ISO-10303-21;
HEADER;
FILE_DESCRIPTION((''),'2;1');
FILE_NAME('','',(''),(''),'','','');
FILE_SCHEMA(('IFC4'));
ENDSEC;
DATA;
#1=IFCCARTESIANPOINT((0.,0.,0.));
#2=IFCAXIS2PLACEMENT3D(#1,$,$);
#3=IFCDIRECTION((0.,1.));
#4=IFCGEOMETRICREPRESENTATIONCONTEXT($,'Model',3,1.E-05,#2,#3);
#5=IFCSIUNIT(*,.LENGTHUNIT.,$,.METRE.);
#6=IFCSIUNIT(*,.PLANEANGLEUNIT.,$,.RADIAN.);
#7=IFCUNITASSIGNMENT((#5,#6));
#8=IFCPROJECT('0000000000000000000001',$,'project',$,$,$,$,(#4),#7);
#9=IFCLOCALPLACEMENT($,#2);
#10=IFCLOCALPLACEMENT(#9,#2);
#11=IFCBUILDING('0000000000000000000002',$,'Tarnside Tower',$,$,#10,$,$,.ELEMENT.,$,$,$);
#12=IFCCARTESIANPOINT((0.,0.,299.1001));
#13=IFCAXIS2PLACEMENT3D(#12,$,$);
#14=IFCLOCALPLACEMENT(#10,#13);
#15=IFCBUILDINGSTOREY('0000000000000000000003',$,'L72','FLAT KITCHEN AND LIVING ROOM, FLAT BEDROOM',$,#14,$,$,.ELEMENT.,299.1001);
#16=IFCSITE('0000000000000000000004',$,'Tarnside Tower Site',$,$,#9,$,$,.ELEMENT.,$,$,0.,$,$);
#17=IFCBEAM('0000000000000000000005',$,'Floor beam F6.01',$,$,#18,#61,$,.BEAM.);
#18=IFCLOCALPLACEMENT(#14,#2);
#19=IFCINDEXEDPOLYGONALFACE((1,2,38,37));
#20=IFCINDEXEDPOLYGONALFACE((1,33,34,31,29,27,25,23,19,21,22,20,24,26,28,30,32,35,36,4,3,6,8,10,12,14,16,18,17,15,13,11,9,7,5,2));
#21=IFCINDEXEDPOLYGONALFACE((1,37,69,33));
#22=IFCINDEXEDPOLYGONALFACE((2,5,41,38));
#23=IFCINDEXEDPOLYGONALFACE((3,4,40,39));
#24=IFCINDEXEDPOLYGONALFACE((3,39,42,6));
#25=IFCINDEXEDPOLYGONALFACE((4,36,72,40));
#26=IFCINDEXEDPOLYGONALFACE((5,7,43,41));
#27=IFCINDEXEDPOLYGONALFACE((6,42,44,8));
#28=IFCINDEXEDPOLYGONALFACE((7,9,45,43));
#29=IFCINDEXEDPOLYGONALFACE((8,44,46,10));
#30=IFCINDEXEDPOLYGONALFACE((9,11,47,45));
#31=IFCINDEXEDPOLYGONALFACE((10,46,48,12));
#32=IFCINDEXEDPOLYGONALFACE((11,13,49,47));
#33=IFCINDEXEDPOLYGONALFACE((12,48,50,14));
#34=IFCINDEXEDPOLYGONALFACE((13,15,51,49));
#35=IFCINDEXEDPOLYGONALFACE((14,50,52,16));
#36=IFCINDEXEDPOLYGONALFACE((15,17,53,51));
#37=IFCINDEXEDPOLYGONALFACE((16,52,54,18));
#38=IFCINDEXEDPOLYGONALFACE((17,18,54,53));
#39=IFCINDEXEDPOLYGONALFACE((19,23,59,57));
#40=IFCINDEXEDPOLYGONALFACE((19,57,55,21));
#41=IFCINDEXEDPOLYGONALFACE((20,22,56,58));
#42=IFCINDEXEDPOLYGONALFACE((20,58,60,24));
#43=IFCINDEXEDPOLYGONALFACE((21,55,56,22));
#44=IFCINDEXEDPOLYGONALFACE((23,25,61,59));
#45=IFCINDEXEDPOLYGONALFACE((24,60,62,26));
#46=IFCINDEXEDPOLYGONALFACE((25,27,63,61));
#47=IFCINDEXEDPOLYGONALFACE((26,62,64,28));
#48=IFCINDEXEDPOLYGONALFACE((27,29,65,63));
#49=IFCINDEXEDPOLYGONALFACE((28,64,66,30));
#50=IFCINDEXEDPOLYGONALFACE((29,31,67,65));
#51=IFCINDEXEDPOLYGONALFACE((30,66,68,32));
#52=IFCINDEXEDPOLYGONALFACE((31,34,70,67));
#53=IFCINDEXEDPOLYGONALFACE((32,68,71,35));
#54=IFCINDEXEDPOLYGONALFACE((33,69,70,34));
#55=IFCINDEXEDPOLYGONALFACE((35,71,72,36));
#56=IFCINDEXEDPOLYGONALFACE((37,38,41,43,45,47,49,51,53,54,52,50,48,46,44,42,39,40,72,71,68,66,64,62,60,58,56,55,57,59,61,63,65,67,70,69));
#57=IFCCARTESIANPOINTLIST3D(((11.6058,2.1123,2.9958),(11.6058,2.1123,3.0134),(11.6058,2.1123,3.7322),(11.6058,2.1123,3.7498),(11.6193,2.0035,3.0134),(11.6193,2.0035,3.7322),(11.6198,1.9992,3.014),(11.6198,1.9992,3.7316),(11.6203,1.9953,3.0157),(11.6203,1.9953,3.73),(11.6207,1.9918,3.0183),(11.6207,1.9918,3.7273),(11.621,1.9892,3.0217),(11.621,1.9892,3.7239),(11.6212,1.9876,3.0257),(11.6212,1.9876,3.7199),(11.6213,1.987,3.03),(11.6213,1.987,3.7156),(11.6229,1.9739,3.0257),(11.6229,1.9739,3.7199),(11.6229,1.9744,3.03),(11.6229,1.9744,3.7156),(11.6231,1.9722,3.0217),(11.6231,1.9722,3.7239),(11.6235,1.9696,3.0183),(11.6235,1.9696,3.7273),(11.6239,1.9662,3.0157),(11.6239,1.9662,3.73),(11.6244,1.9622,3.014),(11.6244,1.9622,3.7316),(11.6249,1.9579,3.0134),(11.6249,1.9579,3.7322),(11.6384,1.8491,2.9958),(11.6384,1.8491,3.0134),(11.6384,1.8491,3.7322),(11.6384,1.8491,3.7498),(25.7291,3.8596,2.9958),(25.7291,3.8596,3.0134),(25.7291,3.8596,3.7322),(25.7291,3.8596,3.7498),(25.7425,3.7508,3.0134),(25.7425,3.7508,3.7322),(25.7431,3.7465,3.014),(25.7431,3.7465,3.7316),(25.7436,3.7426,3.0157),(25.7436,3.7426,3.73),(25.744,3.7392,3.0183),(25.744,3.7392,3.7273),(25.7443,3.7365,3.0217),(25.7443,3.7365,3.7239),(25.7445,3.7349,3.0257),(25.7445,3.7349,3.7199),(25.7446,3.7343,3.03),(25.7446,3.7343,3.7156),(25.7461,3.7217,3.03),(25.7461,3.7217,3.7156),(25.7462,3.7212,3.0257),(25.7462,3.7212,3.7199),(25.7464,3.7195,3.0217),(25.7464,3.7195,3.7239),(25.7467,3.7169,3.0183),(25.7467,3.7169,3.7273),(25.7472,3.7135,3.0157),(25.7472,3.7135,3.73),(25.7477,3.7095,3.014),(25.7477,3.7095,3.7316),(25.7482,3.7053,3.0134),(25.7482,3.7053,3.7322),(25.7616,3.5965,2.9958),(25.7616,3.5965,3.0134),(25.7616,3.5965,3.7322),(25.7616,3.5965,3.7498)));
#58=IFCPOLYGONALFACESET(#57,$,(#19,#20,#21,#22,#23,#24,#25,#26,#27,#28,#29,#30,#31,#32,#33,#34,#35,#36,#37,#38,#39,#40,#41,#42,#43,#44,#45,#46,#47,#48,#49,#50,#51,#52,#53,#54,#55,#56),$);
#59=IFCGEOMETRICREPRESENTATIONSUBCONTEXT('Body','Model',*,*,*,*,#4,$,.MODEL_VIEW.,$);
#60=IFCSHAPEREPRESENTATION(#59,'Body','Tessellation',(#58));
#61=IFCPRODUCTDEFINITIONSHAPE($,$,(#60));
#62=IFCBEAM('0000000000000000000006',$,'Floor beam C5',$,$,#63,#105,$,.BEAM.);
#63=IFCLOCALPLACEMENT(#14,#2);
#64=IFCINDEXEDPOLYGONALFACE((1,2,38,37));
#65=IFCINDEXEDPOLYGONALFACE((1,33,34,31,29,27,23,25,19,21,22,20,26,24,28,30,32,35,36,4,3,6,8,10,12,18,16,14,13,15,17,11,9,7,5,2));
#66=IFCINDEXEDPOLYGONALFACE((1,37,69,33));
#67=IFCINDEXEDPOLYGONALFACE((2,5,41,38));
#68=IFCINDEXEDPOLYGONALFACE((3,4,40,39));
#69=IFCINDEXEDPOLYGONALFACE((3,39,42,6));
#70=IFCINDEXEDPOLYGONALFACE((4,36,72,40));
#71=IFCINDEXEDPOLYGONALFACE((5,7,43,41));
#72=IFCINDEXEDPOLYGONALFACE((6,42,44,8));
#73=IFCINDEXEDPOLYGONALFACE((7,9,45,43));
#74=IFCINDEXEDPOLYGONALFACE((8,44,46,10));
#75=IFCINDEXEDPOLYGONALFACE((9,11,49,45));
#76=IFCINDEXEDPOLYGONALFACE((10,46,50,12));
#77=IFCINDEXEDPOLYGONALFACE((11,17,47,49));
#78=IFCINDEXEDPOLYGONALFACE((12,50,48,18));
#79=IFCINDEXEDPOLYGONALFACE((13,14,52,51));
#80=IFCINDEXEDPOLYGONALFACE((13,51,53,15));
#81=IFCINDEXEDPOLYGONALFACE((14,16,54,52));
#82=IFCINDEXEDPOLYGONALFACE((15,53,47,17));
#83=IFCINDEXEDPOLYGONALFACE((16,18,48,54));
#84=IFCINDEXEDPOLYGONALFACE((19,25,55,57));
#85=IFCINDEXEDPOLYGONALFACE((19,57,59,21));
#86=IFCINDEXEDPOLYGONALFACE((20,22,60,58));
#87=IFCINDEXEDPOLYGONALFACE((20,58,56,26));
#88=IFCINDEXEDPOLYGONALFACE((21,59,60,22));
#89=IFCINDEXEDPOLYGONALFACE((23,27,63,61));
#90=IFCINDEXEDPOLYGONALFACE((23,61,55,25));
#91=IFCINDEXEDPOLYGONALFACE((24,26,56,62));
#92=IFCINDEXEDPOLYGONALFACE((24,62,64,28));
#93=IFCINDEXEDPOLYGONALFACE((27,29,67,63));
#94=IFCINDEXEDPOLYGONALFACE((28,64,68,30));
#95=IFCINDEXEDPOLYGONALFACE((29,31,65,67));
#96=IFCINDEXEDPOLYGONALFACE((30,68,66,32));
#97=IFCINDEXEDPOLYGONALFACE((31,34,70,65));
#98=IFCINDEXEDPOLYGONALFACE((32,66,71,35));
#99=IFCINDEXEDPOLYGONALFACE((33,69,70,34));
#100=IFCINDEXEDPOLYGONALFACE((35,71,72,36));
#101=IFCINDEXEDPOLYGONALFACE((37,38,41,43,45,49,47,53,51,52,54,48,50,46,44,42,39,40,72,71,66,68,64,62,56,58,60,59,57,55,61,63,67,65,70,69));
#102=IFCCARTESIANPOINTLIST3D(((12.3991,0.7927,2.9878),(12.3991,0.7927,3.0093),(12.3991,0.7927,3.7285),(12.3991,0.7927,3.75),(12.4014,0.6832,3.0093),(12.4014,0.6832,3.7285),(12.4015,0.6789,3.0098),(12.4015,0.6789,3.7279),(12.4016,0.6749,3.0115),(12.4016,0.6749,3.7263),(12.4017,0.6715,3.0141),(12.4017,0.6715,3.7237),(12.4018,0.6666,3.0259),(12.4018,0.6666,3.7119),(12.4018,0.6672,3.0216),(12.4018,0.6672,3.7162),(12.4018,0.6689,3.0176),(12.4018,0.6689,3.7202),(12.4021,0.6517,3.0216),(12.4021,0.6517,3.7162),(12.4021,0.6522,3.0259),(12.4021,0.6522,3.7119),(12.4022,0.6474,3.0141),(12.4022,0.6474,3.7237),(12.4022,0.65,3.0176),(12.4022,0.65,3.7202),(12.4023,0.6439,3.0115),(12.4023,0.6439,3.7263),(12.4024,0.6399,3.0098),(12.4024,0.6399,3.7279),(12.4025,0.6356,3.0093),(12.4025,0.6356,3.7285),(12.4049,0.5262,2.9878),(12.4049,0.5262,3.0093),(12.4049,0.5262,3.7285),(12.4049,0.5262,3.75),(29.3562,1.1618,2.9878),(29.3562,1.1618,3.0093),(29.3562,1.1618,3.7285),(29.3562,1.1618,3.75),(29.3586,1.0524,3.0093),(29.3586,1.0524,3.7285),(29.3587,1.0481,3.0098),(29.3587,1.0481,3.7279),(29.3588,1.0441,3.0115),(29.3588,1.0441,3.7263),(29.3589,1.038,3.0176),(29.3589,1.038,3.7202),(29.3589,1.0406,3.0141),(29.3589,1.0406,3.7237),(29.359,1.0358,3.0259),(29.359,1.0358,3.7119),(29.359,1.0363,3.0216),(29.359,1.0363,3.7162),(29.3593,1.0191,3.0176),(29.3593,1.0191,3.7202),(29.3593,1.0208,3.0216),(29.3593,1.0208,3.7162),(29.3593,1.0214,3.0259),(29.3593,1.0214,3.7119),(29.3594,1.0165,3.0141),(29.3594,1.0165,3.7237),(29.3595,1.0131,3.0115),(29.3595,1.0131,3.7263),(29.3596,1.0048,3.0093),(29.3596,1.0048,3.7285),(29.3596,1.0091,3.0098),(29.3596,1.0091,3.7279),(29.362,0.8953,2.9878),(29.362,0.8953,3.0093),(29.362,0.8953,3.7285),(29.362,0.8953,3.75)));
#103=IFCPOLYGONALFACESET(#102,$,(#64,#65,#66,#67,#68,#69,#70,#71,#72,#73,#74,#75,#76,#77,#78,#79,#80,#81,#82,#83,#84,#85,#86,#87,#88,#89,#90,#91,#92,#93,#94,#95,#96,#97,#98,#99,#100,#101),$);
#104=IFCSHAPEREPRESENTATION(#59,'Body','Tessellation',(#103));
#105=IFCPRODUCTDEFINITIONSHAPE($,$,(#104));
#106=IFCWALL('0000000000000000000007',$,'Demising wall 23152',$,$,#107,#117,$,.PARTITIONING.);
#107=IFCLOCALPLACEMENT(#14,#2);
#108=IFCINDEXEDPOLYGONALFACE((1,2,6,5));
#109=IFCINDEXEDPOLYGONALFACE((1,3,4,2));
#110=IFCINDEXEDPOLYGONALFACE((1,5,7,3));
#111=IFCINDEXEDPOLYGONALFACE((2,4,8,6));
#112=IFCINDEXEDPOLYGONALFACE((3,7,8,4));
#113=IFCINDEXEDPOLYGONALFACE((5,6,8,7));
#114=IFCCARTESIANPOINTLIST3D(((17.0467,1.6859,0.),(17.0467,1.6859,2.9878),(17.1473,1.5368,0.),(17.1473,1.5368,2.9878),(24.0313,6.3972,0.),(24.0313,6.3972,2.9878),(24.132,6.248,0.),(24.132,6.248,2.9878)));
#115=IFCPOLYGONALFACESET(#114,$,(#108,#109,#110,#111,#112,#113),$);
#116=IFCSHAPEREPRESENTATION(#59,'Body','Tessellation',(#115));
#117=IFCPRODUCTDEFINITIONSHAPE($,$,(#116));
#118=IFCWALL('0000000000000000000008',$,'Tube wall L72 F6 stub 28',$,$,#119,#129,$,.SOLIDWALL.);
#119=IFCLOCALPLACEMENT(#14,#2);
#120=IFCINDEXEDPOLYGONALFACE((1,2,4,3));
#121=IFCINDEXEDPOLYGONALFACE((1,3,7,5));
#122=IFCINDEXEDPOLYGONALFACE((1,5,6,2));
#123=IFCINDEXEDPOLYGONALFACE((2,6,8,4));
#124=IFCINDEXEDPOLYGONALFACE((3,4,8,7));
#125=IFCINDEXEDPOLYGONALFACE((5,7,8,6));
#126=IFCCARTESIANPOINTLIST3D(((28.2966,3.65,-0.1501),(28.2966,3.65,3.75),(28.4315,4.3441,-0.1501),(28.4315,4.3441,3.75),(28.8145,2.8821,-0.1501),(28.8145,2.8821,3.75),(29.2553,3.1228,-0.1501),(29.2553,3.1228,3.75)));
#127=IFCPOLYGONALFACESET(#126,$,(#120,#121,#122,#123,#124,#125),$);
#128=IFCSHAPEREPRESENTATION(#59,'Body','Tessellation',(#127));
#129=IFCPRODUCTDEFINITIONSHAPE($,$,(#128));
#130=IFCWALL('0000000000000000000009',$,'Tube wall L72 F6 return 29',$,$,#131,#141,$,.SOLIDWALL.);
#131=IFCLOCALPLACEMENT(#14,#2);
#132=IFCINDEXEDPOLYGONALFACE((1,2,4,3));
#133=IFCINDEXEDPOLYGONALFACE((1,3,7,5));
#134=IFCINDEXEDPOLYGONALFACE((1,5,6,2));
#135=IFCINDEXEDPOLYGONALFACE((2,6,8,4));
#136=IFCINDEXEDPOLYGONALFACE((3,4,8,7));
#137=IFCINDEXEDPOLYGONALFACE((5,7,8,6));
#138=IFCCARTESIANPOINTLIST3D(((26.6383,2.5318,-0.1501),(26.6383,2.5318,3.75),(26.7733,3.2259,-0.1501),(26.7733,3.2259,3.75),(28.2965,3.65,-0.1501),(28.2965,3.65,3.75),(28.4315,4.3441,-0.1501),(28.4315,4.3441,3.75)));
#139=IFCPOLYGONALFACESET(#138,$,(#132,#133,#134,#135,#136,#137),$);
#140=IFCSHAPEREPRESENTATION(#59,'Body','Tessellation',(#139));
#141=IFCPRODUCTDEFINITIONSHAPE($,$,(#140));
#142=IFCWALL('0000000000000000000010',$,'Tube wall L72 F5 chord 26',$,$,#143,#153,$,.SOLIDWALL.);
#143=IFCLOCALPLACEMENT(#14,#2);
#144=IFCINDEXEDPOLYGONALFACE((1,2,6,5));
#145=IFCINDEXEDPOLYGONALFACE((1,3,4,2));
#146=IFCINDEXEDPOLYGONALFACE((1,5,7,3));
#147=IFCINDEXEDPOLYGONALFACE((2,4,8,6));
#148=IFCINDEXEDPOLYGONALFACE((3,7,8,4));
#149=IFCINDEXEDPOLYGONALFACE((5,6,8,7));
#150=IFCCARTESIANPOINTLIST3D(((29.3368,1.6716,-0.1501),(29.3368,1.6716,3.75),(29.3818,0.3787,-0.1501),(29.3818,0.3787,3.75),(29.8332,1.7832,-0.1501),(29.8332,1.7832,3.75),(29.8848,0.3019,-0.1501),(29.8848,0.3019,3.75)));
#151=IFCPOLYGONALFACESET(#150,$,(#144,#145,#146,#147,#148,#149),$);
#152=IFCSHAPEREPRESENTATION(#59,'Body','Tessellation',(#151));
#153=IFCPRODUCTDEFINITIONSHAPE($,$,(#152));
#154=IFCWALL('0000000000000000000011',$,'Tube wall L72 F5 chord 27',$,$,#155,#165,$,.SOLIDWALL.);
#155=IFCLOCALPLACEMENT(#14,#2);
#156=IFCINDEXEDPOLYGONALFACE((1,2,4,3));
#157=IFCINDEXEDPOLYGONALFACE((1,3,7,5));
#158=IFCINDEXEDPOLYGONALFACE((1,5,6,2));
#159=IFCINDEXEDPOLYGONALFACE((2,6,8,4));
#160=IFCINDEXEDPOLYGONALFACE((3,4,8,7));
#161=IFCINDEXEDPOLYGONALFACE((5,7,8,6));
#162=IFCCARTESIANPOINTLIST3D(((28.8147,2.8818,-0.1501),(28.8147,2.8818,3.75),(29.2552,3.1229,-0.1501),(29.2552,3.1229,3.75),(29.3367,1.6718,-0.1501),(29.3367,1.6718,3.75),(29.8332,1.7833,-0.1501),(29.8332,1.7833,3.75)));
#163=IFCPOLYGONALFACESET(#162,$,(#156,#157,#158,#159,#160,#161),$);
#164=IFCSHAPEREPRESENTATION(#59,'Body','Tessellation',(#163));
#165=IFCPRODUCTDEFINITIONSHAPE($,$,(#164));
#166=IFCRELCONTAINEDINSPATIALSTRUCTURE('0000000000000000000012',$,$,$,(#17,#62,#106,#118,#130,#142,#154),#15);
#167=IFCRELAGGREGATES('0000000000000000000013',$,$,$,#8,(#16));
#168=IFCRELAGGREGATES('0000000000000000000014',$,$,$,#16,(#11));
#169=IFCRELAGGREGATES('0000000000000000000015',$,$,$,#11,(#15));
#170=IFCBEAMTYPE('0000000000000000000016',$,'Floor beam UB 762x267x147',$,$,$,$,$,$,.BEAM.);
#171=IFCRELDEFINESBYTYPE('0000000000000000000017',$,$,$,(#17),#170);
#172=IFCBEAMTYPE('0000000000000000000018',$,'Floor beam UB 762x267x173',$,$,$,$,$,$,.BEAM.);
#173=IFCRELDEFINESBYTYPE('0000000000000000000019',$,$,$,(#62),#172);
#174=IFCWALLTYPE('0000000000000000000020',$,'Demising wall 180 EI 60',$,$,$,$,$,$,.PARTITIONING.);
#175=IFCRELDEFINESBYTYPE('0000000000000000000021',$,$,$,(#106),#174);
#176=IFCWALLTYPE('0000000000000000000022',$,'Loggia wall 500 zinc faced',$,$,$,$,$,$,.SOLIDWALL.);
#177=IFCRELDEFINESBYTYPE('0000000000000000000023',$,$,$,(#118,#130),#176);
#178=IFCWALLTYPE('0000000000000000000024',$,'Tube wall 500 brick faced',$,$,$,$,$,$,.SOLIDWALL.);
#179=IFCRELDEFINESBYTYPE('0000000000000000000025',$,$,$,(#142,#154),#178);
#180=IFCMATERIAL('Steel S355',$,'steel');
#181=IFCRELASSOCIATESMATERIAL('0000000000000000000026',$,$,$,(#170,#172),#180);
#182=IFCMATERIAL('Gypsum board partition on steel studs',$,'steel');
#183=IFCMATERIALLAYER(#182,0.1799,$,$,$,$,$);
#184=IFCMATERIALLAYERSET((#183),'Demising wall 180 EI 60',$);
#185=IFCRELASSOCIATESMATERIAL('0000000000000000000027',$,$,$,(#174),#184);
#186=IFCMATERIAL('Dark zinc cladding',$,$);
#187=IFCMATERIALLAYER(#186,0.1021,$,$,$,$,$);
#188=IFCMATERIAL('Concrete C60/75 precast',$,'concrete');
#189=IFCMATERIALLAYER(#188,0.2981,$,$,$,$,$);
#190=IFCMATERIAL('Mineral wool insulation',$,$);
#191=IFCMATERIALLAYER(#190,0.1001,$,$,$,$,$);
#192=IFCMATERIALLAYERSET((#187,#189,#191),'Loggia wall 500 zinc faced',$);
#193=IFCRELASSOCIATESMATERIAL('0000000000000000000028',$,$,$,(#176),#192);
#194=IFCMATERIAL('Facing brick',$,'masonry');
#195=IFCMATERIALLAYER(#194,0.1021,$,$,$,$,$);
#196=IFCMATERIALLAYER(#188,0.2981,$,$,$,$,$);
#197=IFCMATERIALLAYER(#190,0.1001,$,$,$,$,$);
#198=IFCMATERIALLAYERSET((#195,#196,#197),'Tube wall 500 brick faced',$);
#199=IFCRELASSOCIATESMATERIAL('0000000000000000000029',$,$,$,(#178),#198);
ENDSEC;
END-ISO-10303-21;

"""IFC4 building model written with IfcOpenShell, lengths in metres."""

from ifc_helpers import new_model, si_unit, direction, frame, frame_2d, origin, origin_2d, place, context, subcontext, project, spatial, polyline, rectangle, i_section, outline, extrude, material, layer, layer_set, material_profile, profile_set, type_object, element, save


model = new_model("IFC4")

# Units and contexts
model_context = context("Model", 3, precision=1e-05, world=origin(), true_north=direction((0.0, 1.0)))
body_context = subcontext(model_context, "Body", "Model", "MODEL_VIEW")
ifc_project = project(units=[si_unit("LENGTHUNIT", "METRE"), si_unit("PLANEANGLEUNIT", "RADIAN")], contexts=[model_context])

# Site, building, storey
site_placement = place(None, origin())
site = spatial("IfcSite", under=ifc_project, at=site_placement, Name="Tarnside Tower Site", CompositionType="ELEMENT", RefElevation=0.0)
building_placement = place(site_placement, origin())
building = spatial("IfcBuilding", under=site, at=building_placement, Name="Tarnside Tower", CompositionType="ELEMENT")
storey_placement = place(building_placement, frame((0.0, 0.0, 299.1001)))
storey = spatial("IfcBuildingStorey", under=building, at=storey_placement, Name="L72", Description="FLAT KITCHEN AND LIVING ROOM, FLAT BEDROOM", CompositionType="ELEMENT", Elevation=299.1001)

# Beams
ifc_material_1 = material(Name="Steel S355", Category="steel")
ifc_material_profile_1 = material_profile(ifc_material_1, i_section(OverallWidth=0.2651, OverallDepth=0.7539, WebThickness=0.0127, FlangeThickness=0.0176, FilletRadius=0.0166, at=origin_2d()), Name="UB 762x267x147")
ifc_profile_set_1 = profile_set([ifc_material_profile_1], Name="Steel S355")
beam_type_1 = type_object("IfcBeamType", Name="Floor beam UB 762x267x147", PredefinedType="BEAM", material=ifc_profile_set_1)
beam_1_placement = place(storey_placement, frame((25.7454, 3.728, 3.3728), z_axis=(-0.992434, -0.122783, 0.0), x_axis=(0.122783, -0.992434, 0.0)))
element("IfcBeam", 1, at=beam_1_placement, inside=storey, type_object=beam_type_1, Name="Floor beam F6.01", PredefinedType="BEAM", context=body_context, shape_type="SweptSolid", body=[
    extrude(i_section(OverallWidth=0.2651, OverallDepth=0.7539, WebThickness=0.0127, FlangeThickness=0.0176, FilletRadius=0.0166, at=origin_2d()), origin(), (0.0, 0.0, 1.0), 14.231),
])
ifc_material_profile_2 = material_profile(ifc_material_1, i_section(OverallWidth=0.2666, OverallDepth=0.7622, WebThickness=0.0144, FlangeThickness=0.0215, FilletRadius=0.0166, at=origin_2d()), Name="UB 762x267x173")
ifc_profile_set_2 = profile_set([ifc_material_profile_2], Name="Steel S355")
beam_type_2 = type_object("IfcBeamType", Name="Floor beam UB 762x267x173", PredefinedType="BEAM", material=ifc_profile_set_2)
beam_2_placement = place(storey_placement, frame((29.3591, 1.0286, 3.3689), z_axis=(-0.999763, -0.021764, 0.0), x_axis=(0.021764, -0.999763, 0.0)))
element("IfcBeam", 2, at=beam_2_placement, inside=storey, type_object=beam_type_2, Name="Floor beam C5", PredefinedType="BEAM", context=body_context, shape_type="SweptSolid", body=[
    extrude(i_section(OverallWidth=0.2666, OverallDepth=0.7622, WebThickness=0.0144, FlangeThickness=0.0215, FilletRadius=0.0166, at=origin_2d()), origin(), (0.0, 0.0, 1.0), 16.9612),
])

# Walls
ifc_material_2 = material(Name="Gypsum board partition on steel studs", Category="steel")
ifc_layer_1 = layer(ifc_material_2, 0.1799)
ifc_layer_set_1 = layer_set([ifc_layer_1], Name="Demising wall 180 EI 60")
wall_type_1 = type_object("IfcWallType", Name="Demising wall 180 EI 60", PredefinedType="PARTITIONING", material=ifc_layer_set_1)
wall_1_placement = place(storey_placement, frame((24.0815, 6.3225, 0.0), z_axis=(0.0, 0.0, 1.0), x_axis=(-0.829038, -0.559193, 0.0)))
element("IfcWall", 3, at=wall_1_placement, inside=storey, type_object=wall_type_1, Name="Demising wall 23152", PredefinedType="PARTITIONING", context=body_context, shape_type="SweptSolid", body=[
    extrude(rectangle(XDim=8.425, YDim=0.1799, at=frame_2d((4.2124, 0.0))), origin(), (0.0, 0.0, 1.0), 2.9878),
])
ifc_material_3 = material(Name="Dark zinc cladding")
ifc_layer_2 = layer(ifc_material_3, 0.1021)
ifc_material_4 = material(Name="Concrete C60/75 precast", Category="concrete")
ifc_layer_3 = layer(ifc_material_4, 0.2981)
ifc_material_5 = material(Name="Mineral wool insulation")
ifc_layer_4 = layer(ifc_material_5, 0.1001)
ifc_layer_set_2 = layer_set([ifc_layer_2, ifc_layer_3, ifc_layer_4], Name="Loggia wall 500 zinc faced")
wall_type_2 = type_object("IfcWallType", Name="Loggia wall 500 zinc faced", PredefinedType="SOLIDWALL", material=ifc_layer_set_2)
wall_2_placement = place(storey_placement, frame((29.0349, 3.0024, -0.1501), z_axis=(0.0, 0.0, 1.0), x_axis=(-0.5592, 0.829033, 0.0)))
element("IfcWall", 4, at=wall_2_placement, inside=storey, type_object=wall_type_2, Name="Tube wall L72 F6 stub 28", PredefinedType="SOLIDWALL", context=body_context, shape_type="SweptSolid", body=[
    extrude(outline(polyline([(-0.0234, -0.25), (1.4497, -0.25), (0.9497, 0.25), (0.0234, 0.25), (-0.0234, -0.25)])), origin(), (0.0, 0.0, 1.0), 3.9001),
])
wall_3_placement = place(storey_placement, frame((28.364, 3.9971, -0.1501), z_axis=(0.0, 0.0, 1.0), x_axis=(-0.829109, -0.559087, 0.0)))
element("IfcWall", 5, at=wall_3_placement, inside=storey, type_object=wall_type_2, Name="Tube wall L72 F6 return 29", PredefinedType="SOLIDWALL", context=body_context, shape_type="SweptSolid", body=[
    extrude(outline(polyline([(-0.25, -0.25), (1.75, -0.25), (2.25, 0.25), (0.25, 0.25), (-0.25, -0.25)])), origin(), (0.0, 0.0, 1.0), 3.9001),
])

# Walls
ifc_material_6 = material(Name="Facing brick", Category="masonry")
ifc_layer_5 = layer(ifc_material_6, 0.1021)
ifc_layer_6 = layer(ifc_material_4, 0.2981)
ifc_layer_7 = layer(ifc_material_5, 0.1001)
ifc_layer_set_3 = layer_set([ifc_layer_5, ifc_layer_6, ifc_layer_7], Name="Tube wall 500 brick faced")
wall_type_3 = type_object("IfcWallType", Name="Tube wall 500 brick faced", PredefinedType="SOLIDWALL", material=ifc_layer_set_3)
wall_4_placement = place(storey_placement, frame((29.6333, 0.3403, -0.1501), z_axis=(0.0, 0.0, 1.0), x_axis=(-0.034826, 0.999393, 0.0)))
element("IfcWall", 6, at=wall_4_placement, inside=storey, type_object=wall_type_3, Name="Tube wall L72 F5 chord 26", PredefinedType="SOLIDWALL", context=body_context, shape_type="SweptSolid", body=[
    extrude(outline(polyline([(-0.0471, -0.25), (1.4351, -0.25), (1.3408, 0.25), (0.0471, 0.25), (-0.0471, -0.25)])), origin(), (0.0, 0.0, 1.0), 3.9001),
])
wall_5_placement = place(storey_placement, frame((29.585, 1.7275, -0.1501), z_axis=(0.0, 0.0, 1.0), x_axis=(-0.396146, 0.918187, 0.0)))
element("IfcWall", 7, at=wall_5_placement, inside=storey, type_object=wall_type_3, Name="Tube wall L72 F5 chord 27", PredefinedType="SOLIDWALL", context=body_context, shape_type="SweptSolid", body=[
    extrude(outline(polyline([(-0.0471, -0.25), (1.4119, -0.25), (1.365, 0.25), (0.0471, 0.25), (-0.0471, -0.25)])), origin(), (0.0, 0.0, 1.0), 3.9001),
])

save(model, "model.ifc")
